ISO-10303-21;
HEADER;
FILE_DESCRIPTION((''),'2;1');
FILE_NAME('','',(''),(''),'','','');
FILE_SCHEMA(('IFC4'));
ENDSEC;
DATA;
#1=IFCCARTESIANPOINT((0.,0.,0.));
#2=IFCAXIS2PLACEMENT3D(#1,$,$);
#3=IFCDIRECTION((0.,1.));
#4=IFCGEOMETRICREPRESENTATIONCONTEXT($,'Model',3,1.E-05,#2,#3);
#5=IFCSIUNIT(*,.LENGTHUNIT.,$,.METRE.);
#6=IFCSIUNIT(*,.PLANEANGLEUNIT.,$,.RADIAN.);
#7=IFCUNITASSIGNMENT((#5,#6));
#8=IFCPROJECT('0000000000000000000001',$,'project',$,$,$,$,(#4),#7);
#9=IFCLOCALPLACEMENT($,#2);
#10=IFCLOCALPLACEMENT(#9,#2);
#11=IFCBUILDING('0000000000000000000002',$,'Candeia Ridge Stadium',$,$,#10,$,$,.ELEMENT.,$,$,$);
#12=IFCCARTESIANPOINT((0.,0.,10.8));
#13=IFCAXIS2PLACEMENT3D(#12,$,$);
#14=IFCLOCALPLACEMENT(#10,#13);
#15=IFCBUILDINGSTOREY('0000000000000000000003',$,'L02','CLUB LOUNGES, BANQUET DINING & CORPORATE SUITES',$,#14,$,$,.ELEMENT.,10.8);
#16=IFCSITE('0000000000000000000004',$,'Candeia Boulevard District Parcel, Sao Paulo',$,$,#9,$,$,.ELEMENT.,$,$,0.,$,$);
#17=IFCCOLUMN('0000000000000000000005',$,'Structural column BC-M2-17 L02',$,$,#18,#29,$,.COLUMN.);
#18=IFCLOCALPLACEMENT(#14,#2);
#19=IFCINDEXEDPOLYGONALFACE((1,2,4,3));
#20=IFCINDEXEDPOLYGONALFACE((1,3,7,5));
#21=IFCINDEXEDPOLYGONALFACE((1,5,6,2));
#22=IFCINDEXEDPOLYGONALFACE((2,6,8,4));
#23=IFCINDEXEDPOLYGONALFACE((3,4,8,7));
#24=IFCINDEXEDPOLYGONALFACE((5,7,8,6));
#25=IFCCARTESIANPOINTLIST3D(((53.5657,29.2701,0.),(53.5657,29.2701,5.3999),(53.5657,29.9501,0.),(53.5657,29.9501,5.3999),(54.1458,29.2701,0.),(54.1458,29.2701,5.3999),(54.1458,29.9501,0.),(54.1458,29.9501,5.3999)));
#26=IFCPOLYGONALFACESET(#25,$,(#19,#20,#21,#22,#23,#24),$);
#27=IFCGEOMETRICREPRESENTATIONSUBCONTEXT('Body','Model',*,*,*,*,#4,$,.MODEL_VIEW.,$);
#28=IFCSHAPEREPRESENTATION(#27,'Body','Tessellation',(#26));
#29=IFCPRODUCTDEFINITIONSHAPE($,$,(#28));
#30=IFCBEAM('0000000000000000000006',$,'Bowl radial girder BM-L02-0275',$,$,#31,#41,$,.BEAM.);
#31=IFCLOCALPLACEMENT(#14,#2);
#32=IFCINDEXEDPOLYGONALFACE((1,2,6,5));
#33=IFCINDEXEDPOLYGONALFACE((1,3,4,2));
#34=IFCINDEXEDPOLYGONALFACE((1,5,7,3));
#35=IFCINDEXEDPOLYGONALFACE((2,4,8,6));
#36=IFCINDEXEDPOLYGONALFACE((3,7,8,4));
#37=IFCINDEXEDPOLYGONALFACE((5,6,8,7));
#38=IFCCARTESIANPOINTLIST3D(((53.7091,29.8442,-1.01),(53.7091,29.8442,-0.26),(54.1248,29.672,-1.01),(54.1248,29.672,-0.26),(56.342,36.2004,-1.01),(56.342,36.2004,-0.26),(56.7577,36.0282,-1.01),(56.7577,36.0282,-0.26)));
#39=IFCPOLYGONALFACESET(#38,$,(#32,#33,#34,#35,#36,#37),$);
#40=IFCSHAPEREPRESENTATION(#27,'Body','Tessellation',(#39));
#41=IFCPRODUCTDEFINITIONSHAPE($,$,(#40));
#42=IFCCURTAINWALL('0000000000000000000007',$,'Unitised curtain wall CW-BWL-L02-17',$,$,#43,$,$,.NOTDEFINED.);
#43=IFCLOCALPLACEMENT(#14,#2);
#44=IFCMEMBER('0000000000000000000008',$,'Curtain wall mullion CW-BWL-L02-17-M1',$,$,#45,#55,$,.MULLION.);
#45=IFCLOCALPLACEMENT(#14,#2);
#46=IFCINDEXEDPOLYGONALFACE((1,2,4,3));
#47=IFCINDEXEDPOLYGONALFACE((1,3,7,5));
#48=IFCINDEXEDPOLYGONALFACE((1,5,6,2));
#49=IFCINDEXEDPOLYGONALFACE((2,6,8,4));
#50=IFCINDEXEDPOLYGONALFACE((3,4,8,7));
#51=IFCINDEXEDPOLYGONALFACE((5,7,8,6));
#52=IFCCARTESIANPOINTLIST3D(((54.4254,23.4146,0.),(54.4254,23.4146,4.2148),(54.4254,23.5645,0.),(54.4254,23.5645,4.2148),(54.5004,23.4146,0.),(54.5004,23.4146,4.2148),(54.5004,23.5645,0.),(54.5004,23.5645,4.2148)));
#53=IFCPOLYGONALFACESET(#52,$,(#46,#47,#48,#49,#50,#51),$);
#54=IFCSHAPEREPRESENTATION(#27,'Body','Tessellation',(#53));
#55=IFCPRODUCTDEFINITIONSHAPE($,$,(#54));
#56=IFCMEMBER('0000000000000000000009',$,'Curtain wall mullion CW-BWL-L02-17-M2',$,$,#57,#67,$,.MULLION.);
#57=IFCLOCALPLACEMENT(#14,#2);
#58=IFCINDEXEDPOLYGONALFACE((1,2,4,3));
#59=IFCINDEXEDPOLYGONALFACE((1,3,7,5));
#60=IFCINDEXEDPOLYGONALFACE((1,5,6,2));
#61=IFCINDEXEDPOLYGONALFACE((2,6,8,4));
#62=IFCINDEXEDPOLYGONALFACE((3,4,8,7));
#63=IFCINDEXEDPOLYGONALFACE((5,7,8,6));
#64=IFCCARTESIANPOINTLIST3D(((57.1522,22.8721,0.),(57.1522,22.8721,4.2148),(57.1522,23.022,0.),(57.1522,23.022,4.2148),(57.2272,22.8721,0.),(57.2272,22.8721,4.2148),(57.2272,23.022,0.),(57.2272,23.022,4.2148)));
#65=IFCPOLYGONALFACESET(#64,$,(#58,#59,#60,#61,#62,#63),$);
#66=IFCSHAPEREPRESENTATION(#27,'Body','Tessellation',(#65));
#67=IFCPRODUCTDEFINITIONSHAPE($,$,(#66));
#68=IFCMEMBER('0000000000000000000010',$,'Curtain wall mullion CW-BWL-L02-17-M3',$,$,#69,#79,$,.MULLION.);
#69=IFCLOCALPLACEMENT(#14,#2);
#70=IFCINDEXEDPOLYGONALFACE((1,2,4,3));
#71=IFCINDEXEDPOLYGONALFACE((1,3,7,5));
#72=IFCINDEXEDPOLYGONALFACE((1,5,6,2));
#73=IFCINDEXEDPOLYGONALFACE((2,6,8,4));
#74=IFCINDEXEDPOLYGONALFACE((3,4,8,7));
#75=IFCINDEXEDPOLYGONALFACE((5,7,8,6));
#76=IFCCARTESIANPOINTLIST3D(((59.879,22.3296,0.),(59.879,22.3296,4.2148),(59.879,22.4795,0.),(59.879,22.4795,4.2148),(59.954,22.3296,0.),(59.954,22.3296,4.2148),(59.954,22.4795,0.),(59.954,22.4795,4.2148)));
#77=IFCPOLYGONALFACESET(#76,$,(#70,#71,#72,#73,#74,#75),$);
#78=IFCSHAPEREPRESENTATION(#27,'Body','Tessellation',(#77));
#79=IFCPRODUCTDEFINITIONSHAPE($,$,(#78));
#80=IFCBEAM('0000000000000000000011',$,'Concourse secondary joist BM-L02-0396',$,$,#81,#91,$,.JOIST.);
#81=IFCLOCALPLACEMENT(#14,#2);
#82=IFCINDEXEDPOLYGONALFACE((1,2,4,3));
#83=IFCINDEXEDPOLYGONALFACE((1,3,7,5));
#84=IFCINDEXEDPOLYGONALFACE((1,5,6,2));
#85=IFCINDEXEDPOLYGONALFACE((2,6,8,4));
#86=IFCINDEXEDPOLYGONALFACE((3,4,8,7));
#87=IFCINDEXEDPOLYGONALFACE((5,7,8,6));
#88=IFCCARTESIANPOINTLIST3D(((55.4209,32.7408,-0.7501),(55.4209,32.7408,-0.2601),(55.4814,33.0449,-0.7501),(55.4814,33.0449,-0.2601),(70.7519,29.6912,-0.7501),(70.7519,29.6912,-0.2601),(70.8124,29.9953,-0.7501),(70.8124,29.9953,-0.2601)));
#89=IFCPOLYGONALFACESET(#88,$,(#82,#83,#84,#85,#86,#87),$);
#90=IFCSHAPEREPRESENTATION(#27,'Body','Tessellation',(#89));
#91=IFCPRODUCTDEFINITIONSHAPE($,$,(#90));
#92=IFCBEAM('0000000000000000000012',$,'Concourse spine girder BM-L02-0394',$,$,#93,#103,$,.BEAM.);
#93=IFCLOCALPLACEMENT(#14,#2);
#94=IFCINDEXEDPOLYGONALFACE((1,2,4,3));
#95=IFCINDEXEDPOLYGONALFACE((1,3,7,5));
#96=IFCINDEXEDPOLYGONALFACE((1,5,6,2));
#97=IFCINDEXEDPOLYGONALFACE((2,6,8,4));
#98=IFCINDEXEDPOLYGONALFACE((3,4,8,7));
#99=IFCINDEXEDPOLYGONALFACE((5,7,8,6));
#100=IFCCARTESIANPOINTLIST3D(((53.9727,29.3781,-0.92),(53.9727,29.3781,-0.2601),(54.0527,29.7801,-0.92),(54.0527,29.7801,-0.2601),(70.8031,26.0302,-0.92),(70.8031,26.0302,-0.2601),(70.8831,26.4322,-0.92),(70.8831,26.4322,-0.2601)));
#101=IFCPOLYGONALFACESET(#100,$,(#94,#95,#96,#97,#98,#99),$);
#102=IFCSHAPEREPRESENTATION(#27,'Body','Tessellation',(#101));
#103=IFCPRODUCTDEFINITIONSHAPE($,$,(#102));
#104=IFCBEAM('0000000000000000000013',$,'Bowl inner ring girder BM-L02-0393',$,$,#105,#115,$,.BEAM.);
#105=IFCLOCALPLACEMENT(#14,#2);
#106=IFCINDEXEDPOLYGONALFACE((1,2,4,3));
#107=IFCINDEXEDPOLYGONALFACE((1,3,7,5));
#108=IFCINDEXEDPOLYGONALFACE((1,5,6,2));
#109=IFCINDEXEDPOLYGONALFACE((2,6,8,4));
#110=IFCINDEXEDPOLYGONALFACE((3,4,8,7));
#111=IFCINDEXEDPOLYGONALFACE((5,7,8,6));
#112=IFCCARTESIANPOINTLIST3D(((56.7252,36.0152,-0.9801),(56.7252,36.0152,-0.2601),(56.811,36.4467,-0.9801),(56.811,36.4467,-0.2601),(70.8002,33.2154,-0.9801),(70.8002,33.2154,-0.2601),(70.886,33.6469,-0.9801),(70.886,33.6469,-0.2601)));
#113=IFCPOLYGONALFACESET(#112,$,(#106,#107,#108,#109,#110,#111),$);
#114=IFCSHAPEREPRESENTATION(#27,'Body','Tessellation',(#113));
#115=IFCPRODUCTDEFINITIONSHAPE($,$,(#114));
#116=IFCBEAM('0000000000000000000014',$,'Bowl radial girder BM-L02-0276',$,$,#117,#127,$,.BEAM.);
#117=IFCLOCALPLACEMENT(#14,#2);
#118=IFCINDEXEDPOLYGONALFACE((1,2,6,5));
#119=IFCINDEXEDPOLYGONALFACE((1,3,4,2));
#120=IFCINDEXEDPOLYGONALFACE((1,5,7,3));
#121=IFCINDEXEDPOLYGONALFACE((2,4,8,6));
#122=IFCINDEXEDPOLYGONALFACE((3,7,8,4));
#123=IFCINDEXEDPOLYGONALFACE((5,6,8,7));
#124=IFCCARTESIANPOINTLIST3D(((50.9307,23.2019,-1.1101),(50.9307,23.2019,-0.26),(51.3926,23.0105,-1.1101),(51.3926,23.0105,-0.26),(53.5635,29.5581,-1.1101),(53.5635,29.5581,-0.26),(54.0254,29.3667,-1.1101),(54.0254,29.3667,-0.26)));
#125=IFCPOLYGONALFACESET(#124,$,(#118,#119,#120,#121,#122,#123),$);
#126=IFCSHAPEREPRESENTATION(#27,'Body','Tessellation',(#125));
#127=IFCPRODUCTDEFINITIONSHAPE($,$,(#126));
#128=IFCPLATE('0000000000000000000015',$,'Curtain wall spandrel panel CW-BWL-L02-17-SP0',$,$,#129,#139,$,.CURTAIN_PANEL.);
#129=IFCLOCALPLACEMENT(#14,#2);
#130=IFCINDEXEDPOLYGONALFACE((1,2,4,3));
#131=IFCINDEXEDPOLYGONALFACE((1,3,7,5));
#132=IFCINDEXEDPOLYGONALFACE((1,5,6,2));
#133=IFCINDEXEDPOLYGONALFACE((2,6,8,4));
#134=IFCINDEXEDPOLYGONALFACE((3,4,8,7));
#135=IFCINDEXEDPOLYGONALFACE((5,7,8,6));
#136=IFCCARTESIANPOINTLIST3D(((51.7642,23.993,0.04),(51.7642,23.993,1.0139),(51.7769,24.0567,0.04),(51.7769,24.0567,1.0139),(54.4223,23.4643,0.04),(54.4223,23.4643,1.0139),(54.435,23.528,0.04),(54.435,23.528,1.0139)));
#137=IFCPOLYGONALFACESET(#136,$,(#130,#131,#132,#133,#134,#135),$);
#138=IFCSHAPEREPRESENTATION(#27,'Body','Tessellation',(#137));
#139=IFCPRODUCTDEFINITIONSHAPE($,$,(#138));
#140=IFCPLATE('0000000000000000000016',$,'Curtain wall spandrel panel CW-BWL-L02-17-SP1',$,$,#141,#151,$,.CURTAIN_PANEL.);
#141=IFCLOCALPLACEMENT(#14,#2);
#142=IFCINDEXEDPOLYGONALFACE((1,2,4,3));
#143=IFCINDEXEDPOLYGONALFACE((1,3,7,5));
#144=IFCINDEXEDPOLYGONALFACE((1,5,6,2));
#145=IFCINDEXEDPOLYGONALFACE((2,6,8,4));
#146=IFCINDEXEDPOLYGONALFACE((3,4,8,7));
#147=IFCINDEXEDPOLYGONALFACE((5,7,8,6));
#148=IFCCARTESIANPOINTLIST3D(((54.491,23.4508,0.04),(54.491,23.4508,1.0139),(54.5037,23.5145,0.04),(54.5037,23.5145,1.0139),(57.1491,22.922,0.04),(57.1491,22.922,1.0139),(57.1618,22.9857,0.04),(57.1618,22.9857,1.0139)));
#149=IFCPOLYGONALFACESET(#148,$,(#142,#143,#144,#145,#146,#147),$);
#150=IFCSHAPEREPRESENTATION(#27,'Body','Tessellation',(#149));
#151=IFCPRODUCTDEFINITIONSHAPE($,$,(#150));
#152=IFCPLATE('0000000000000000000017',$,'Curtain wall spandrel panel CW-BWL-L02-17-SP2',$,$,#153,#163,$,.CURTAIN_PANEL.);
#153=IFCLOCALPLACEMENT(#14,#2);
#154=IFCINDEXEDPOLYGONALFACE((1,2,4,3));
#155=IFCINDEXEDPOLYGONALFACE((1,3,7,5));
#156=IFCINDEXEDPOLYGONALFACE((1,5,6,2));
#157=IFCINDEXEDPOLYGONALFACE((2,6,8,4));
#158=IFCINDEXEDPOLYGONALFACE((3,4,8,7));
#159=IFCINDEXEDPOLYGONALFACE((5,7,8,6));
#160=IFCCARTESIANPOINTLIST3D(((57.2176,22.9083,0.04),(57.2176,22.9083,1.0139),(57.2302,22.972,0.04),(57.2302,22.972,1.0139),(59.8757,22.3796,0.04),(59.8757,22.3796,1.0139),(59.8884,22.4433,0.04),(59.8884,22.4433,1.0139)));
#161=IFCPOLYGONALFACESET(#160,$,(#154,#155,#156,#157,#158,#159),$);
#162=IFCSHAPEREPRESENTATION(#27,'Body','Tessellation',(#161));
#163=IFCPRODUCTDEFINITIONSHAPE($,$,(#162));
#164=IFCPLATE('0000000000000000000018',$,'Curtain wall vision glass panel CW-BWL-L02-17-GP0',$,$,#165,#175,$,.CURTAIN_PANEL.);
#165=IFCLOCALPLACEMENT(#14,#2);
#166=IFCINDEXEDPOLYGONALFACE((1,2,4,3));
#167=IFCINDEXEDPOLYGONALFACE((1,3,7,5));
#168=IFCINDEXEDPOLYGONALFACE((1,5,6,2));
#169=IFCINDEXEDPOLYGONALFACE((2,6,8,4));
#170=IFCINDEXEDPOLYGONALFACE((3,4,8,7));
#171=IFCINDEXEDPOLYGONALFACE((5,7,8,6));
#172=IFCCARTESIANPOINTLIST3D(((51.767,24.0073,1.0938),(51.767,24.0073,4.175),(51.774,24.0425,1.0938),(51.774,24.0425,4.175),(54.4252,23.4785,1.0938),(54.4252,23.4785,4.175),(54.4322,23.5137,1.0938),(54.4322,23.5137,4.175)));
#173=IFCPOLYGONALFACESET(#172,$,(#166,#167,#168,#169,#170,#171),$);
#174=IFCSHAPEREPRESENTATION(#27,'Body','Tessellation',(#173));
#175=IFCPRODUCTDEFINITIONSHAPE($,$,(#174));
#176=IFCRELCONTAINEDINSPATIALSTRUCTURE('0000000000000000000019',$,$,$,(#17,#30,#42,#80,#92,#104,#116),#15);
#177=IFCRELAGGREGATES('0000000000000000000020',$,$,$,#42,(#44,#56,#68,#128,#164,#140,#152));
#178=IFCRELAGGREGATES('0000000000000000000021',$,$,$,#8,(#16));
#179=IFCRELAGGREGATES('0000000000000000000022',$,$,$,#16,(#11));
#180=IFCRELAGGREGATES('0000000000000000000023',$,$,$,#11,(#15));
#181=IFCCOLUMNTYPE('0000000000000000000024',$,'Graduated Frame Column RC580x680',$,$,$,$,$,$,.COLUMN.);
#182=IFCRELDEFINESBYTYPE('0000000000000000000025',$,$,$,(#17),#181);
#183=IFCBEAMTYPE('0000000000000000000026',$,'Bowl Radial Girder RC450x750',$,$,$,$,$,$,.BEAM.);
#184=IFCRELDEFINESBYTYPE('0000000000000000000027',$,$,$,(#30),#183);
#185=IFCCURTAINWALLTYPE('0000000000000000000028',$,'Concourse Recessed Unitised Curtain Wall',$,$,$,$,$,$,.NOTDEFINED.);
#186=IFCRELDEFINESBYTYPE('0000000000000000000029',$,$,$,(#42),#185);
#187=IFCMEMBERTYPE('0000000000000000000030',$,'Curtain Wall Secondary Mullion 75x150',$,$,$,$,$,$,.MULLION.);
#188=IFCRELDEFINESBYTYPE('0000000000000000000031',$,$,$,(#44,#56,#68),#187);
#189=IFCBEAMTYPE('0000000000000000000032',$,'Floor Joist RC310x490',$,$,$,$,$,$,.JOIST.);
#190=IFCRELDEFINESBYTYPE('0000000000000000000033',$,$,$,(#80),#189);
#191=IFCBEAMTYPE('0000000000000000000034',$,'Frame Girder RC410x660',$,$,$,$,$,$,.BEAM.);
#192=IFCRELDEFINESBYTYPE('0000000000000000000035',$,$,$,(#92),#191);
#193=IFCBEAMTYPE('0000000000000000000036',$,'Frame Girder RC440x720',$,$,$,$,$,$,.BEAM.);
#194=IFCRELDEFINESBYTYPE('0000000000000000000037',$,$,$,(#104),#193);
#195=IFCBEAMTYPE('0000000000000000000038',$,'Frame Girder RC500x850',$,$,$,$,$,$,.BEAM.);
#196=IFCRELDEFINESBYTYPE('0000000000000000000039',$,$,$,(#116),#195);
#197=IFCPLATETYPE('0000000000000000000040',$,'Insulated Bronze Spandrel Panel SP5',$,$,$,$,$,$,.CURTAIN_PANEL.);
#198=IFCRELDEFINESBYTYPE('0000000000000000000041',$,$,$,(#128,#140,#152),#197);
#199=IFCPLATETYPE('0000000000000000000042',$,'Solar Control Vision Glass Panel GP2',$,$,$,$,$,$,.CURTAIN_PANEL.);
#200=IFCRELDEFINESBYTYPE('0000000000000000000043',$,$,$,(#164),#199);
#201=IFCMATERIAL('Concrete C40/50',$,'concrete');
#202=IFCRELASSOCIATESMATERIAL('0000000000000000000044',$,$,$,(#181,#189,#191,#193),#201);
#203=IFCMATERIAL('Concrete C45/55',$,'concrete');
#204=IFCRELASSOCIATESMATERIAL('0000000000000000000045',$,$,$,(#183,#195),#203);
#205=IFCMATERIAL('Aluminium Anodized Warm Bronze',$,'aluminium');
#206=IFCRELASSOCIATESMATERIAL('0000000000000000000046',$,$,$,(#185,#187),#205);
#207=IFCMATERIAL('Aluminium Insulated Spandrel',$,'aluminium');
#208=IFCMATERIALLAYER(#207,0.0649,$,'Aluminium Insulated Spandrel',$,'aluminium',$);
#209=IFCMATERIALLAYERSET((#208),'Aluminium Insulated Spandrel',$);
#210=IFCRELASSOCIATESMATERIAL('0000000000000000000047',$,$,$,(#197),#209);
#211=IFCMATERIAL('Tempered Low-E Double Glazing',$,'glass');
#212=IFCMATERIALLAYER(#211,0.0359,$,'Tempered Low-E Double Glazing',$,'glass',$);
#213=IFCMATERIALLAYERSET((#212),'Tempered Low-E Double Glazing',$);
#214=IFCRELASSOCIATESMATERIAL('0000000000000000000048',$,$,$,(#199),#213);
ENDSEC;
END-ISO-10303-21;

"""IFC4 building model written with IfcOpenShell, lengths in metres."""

from ifc_helpers import new_model, si_unit, direction, frame, origin, origin_2d, place, context, subcontext, project, spatial, rectangle, extrude, material, layer, layer_set, material_profile, profile_set, type_object, element, aggregate, save


model = new_model("IFC4")

# Units and contexts
model_context = context("Model", 3, precision=1e-05, world=origin(), true_north=direction((0.0, 1.0)))
body_context = subcontext(model_context, "Body", "Model", "MODEL_VIEW")
ifc_project = project(units=[si_unit("LENGTHUNIT", "METRE"), si_unit("PLANEANGLEUNIT", "RADIAN")], contexts=[model_context])

# Site, building, storey
site_placement = place(None, origin())
site = spatial("IfcSite", under=ifc_project, at=site_placement, Name="Candeia Boulevard District Parcel, Sao Paulo", CompositionType="ELEMENT", RefElevation=0.0)
building_placement = place(site_placement, origin())
building = spatial("IfcBuilding", under=site, at=building_placement, Name="Candeia Ridge Stadium", CompositionType="ELEMENT")
storey_placement = place(building_placement, frame((0.0, 0.0, 10.8)))
storey = spatial("IfcBuildingStorey", under=building, at=storey_placement, Name="L02", Description="CLUB LOUNGES, BANQUET DINING & CORPORATE SUITES", CompositionType="ELEMENT", Elevation=10.8)

# Column
ifc_material_1 = material(Name="Concrete C40/50", Category="concrete")
ifc_material_profile_1 = material_profile(ifc_material_1, rectangle(XDim=0.5801, YDim=0.6799, at=origin_2d()), Name="RC580x680", Category="concrete")
ifc_profile_set_1 = profile_set([ifc_material_profile_1], Name="Concrete C40/50")
column_type = type_object("IfcColumnType", Name="Graduated Frame Column RC580x680", PredefinedType="COLUMN", material=ifc_profile_set_1)
column_placement = place(storey_placement, frame((53.8557, 29.6101, 0.0), z_axis=(0.0, 0.0, 1.0), x_axis=(1.0, 0.0, 0.0)))
element("IfcColumn", 1, at=column_placement, inside=storey, type_object=column_type, Name="Structural column BC-M2-17 L02", PredefinedType="COLUMN", context=body_context, shape_type="SweptSolid", body=[
    extrude(rectangle(XDim=0.5801, YDim=0.6799, at=origin_2d()), origin(), (0.0, 0.0, 1.0), 5.3999),
])

# Beam
ifc_material_2 = material(Name="Concrete C45/55", Category="concrete")
ifc_material_profile_2 = material_profile(ifc_material_2, rectangle(XDim=0.45, YDim=0.75, at=origin_2d()), Name="RC450x750", Category="concrete")
ifc_profile_set_2 = profile_set([ifc_material_profile_2], Name="Concrete C45/55")
beam_type_1 = type_object("IfcBeamType", Name="Bowl Radial Girder RC450x750", PredefinedType="BEAM", material=ifc_profile_set_2)
beam_1_placement = place(storey_placement, frame((56.5498, 36.1143, -0.635), z_axis=(-0.382682, -0.92388, 0.0), x_axis=(0.92388, -0.382682, 0.0)))
element("IfcBeam", 2, at=beam_1_placement, inside=storey, type_object=beam_type_1, Name="Bowl radial girder BM-L02-0275", PredefinedType="BEAM", context=body_context, shape_type="SweptSolid", body=[
    extrude(rectangle(XDim=0.45, YDim=0.75, at=origin_2d()), origin(), (0.0, 0.0, 1.0), 6.8799),
])

# Curtain wall, members
ifc_material_3 = material(Name="Aluminium Anodized Warm Bronze", Category="aluminium")
curtain_wall_type = type_object("IfcCurtainWallType", Name="Concourse Recessed Unitised Curtain Wall", PredefinedType="NOTDEFINED", material=ifc_material_3)
curtain_wall_placement = place(storey_placement, origin())
curtain_wall = element("IfcCurtainWall", 3, at=curtain_wall_placement, inside=storey, type_object=curtain_wall_type, Name="Unitised curtain wall CW-BWL-L02-17", PredefinedType="NOTDEFINED")
ifc_material_profile_3 = material_profile(ifc_material_3, rectangle(XDim=0.075, YDim=0.1499, at=origin_2d()), Name="CWM-75x150", Category="aluminium")
ifc_profile_set_3 = profile_set([ifc_material_profile_3], Name="Aluminium Anodized Warm Bronze")
member_type = type_object("IfcMemberType", Name="Curtain Wall Secondary Mullion 75x150", PredefinedType="MULLION", material=ifc_profile_set_3)
member_1_placement = place(storey_placement, frame((54.4629, 23.4895, 0.0), z_axis=(0.0, 0.0, 1.0), x_axis=(1.0, 0.0, 0.0)))
member_1 = element("IfcMember", 4, at=member_1_placement, type_object=member_type, Name="Curtain wall mullion CW-BWL-L02-17-M1", PredefinedType="MULLION", context=body_context, shape_type="SweptSolid", body=[
    extrude(rectangle(XDim=0.075, YDim=0.1499, at=origin_2d()), origin(), (0.0, 0.0, 1.0), 4.2148),
])
member_2_placement = place(storey_placement, frame((57.1897, 22.947, 0.0), z_axis=(0.0, 0.0, 1.0), x_axis=(1.0, 0.0, 0.0)))
member_2 = element("IfcMember", 5, at=member_2_placement, type_object=member_type, Name="Curtain wall mullion CW-BWL-L02-17-M2", PredefinedType="MULLION", context=body_context, shape_type="SweptSolid", body=[
    extrude(rectangle(XDim=0.075, YDim=0.1499, at=origin_2d()), origin(), (0.0, 0.0, 1.0), 4.2148),
])
member_3_placement = place(storey_placement, frame((59.9165, 22.4045, 0.0), z_axis=(0.0, 0.0, 1.0), x_axis=(1.0, 0.0, 0.0)))
member_3 = element("IfcMember", 6, at=member_3_placement, type_object=member_type, Name="Curtain wall mullion CW-BWL-L02-17-M3", PredefinedType="MULLION", context=body_context, shape_type="SweptSolid", body=[
    extrude(rectangle(XDim=0.075, YDim=0.1499, at=origin_2d()), origin(), (0.0, 0.0, 1.0), 4.2148),
])

# Beams
ifc_material_profile_4 = material_profile(ifc_material_1, rectangle(XDim=0.3101, YDim=0.49, at=origin_2d()), Name="RC310x490", Category="concrete")
ifc_profile_set_4 = profile_set([ifc_material_profile_4], Name="Concrete C40/50")
beam_type_2 = type_object("IfcBeamType", Name="Floor Joist RC310x490", PredefinedType="JOIST", material=ifc_profile_set_4)
beam_2_placement = place(storey_placement, frame((55.4512, 32.8928, -0.5051), z_axis=(0.980785, -0.195092, 0.0), x_axis=(0.195092, 0.980785, 0.0)))
element("IfcBeam", 7, at=beam_2_placement, inside=storey, type_object=beam_type_2, Name="Concourse secondary joist BM-L02-0396", PredefinedType="JOIST", context=body_context, shape_type="SweptSolid", body=[
    extrude(rectangle(XDim=0.3101, YDim=0.49, at=origin_2d()), origin(), (0.0, 0.0, 1.0), 15.6313),
])
ifc_material_profile_5 = material_profile(ifc_material_1, rectangle(XDim=0.4099, YDim=0.6599, at=origin_2d()), Name="RC410x660", Category="concrete")
ifc_profile_set_5 = profile_set([ifc_material_profile_5], Name="Concrete C40/50")
beam_type_3 = type_object("IfcBeamType", Name="Frame Girder RC410x660", PredefinedType="BEAM", material=ifc_profile_set_5)
beam_3_placement = place(storey_placement, frame((54.0127, 29.5791, -0.5901), z_axis=(0.980784, -0.195098, 0.0), x_axis=(0.195098, 0.980784, 0.0)))
element("IfcBeam", 8, at=beam_3_placement, inside=storey, type_object=beam_type_3, Name="Concourse spine girder BM-L02-0394", PredefinedType="BEAM", context=body_context, shape_type="SweptSolid", body=[
    extrude(rectangle(XDim=0.4099, YDim=0.6599, at=origin_2d()), origin(), (0.0, 0.0, 1.0), 17.1602),
])
ifc_material_profile_6 = material_profile(ifc_material_1, rectangle(XDim=0.4399, YDim=0.72, at=origin_2d()), Name="RC440x720", Category="concrete")
ifc_profile_set_6 = profile_set([ifc_material_profile_6], Name="Concrete C40/50")
beam_type_4 = type_object("IfcBeamType", Name="Frame Girder RC440x720", PredefinedType="BEAM", material=ifc_profile_set_6)
beam_4_placement = place(storey_placement, frame((56.7681, 36.231, -0.6201), z_axis=(0.980784, -0.195099, 0.0), x_axis=(0.195099, 0.980784, 0.0)))
element("IfcBeam", 9, at=beam_4_placement, inside=storey, type_object=beam_type_4, Name="Bowl inner ring girder BM-L02-0393", PredefinedType="BEAM", context=body_context, shape_type="SweptSolid", body=[
    extrude(rectangle(XDim=0.4399, YDim=0.72, at=origin_2d()), origin(), (0.0, 0.0, 1.0), 14.3508),
])
ifc_material_profile_7 = material_profile(ifc_material_2, rectangle(XDim=0.5, YDim=0.8501, at=origin_2d()), Name="RC500x850", Category="concrete")
ifc_profile_set_7 = profile_set([ifc_material_profile_7], Name="Concrete C45/55")
beam_type_5 = type_object("IfcBeamType", Name="Frame Girder RC500x850", PredefinedType="BEAM", material=ifc_profile_set_7)
beam_5_placement = place(storey_placement, frame((53.7944, 29.4624, -0.6851), z_axis=(-0.382682, -0.92388, 0.0), x_axis=(0.92388, -0.382682, 0.0)))
element("IfcBeam", 10, at=beam_5_placement, inside=storey, type_object=beam_type_5, Name="Bowl radial girder BM-L02-0276", PredefinedType="BEAM", context=body_context, shape_type="SweptSolid", body=[
    extrude(rectangle(XDim=0.5, YDim=0.8501, at=origin_2d()), origin(), (0.0, 0.0, 1.0), 6.8799),
])

# Plates
ifc_material_4 = material(Name="Aluminium Insulated Spandrel", Category="aluminium")
ifc_layer_1 = layer(ifc_material_4, 0.0649, Name="Aluminium Insulated Spandrel", Category="aluminium")
ifc_layer_set_1 = layer_set([ifc_layer_1], Name="Aluminium Insulated Spandrel")
plate_type_1 = type_object("IfcPlateType", Name="Insulated Bronze Spandrel Panel SP5", PredefinedType="CURTAIN_PANEL", material=ifc_layer_set_1)
plate_1_placement = place(storey_placement, frame((53.0996, 23.7605, 0.04), z_axis=(0.0, 0.0, 1.0), x_axis=(0.980785, -0.19509, 0.0)))
plate_1 = element("IfcPlate", 11, at=plate_1_placement, type_object=plate_type_1, Name="Curtain wall spandrel panel CW-BWL-L02-17-SP0", PredefinedType="CURTAIN_PANEL", context=body_context, shape_type="SweptSolid", body=[
    extrude(rectangle(XDim=2.7102, YDim=0.0649, at=origin_2d()), origin(), (0.0, 0.0, 1.0), 0.9739),
])
plate_2_placement = place(storey_placement, frame((55.8264, 23.2183, 0.04), z_axis=(0.0, 0.0, 1.0), x_axis=(0.980785, -0.19509, 0.0)))
plate_2 = element("IfcPlate", 12, at=plate_2_placement, type_object=plate_type_1, Name="Curtain wall spandrel panel CW-BWL-L02-17-SP1", PredefinedType="CURTAIN_PANEL", context=body_context, shape_type="SweptSolid", body=[
    extrude(rectangle(XDim=2.7102, YDim=0.0649, at=origin_2d()), origin(), (0.0, 0.0, 1.0), 0.9739),
])
plate_3_placement = place(storey_placement, frame((58.553, 22.6758, 0.04), z_axis=(0.0, 0.0, 1.0), x_axis=(0.980785, -0.19509, 0.0)))
plate_3 = element("IfcPlate", 13, at=plate_3_placement, type_object=plate_type_1, Name="Curtain wall spandrel panel CW-BWL-L02-17-SP2", PredefinedType="CURTAIN_PANEL", context=body_context, shape_type="SweptSolid", body=[
    extrude(rectangle(XDim=2.7102, YDim=0.0649, at=origin_2d()), origin(), (0.0, 0.0, 1.0), 0.9739),
])
ifc_material_5 = material(Name="Tempered Low-E Double Glazing", Category="glass")
ifc_layer_2 = layer(ifc_material_5, 0.0359, Name="Tempered Low-E Double Glazing", Category="glass")
ifc_layer_set_2 = layer_set([ifc_layer_2], Name="Tempered Low-E Double Glazing")
plate_type_2 = type_object("IfcPlateType", Name="Solar Control Vision Glass Panel GP2", PredefinedType="CURTAIN_PANEL", material=ifc_layer_set_2)
plate_4_placement = place(storey_placement, frame((53.0996, 23.7605, 1.0938), z_axis=(0.0, 0.0, 1.0), x_axis=(0.980785, -0.19509, 0.0)))
plate_4 = element("IfcPlate", 14, at=plate_4_placement, type_object=plate_type_2, Name="Curtain wall vision glass panel CW-BWL-L02-17-GP0", PredefinedType="CURTAIN_PANEL", context=body_context, shape_type="SweptSolid", body=[
    extrude(rectangle(XDim=2.7102, YDim=0.0359, at=origin_2d()), origin(), (0.0, 0.0, 1.0), 3.0813),
])
aggregate(curtain_wall, [member_1, member_2, member_3, plate_1, plate_4, plate_2, plate_3])

save(model, "model.ifc")
